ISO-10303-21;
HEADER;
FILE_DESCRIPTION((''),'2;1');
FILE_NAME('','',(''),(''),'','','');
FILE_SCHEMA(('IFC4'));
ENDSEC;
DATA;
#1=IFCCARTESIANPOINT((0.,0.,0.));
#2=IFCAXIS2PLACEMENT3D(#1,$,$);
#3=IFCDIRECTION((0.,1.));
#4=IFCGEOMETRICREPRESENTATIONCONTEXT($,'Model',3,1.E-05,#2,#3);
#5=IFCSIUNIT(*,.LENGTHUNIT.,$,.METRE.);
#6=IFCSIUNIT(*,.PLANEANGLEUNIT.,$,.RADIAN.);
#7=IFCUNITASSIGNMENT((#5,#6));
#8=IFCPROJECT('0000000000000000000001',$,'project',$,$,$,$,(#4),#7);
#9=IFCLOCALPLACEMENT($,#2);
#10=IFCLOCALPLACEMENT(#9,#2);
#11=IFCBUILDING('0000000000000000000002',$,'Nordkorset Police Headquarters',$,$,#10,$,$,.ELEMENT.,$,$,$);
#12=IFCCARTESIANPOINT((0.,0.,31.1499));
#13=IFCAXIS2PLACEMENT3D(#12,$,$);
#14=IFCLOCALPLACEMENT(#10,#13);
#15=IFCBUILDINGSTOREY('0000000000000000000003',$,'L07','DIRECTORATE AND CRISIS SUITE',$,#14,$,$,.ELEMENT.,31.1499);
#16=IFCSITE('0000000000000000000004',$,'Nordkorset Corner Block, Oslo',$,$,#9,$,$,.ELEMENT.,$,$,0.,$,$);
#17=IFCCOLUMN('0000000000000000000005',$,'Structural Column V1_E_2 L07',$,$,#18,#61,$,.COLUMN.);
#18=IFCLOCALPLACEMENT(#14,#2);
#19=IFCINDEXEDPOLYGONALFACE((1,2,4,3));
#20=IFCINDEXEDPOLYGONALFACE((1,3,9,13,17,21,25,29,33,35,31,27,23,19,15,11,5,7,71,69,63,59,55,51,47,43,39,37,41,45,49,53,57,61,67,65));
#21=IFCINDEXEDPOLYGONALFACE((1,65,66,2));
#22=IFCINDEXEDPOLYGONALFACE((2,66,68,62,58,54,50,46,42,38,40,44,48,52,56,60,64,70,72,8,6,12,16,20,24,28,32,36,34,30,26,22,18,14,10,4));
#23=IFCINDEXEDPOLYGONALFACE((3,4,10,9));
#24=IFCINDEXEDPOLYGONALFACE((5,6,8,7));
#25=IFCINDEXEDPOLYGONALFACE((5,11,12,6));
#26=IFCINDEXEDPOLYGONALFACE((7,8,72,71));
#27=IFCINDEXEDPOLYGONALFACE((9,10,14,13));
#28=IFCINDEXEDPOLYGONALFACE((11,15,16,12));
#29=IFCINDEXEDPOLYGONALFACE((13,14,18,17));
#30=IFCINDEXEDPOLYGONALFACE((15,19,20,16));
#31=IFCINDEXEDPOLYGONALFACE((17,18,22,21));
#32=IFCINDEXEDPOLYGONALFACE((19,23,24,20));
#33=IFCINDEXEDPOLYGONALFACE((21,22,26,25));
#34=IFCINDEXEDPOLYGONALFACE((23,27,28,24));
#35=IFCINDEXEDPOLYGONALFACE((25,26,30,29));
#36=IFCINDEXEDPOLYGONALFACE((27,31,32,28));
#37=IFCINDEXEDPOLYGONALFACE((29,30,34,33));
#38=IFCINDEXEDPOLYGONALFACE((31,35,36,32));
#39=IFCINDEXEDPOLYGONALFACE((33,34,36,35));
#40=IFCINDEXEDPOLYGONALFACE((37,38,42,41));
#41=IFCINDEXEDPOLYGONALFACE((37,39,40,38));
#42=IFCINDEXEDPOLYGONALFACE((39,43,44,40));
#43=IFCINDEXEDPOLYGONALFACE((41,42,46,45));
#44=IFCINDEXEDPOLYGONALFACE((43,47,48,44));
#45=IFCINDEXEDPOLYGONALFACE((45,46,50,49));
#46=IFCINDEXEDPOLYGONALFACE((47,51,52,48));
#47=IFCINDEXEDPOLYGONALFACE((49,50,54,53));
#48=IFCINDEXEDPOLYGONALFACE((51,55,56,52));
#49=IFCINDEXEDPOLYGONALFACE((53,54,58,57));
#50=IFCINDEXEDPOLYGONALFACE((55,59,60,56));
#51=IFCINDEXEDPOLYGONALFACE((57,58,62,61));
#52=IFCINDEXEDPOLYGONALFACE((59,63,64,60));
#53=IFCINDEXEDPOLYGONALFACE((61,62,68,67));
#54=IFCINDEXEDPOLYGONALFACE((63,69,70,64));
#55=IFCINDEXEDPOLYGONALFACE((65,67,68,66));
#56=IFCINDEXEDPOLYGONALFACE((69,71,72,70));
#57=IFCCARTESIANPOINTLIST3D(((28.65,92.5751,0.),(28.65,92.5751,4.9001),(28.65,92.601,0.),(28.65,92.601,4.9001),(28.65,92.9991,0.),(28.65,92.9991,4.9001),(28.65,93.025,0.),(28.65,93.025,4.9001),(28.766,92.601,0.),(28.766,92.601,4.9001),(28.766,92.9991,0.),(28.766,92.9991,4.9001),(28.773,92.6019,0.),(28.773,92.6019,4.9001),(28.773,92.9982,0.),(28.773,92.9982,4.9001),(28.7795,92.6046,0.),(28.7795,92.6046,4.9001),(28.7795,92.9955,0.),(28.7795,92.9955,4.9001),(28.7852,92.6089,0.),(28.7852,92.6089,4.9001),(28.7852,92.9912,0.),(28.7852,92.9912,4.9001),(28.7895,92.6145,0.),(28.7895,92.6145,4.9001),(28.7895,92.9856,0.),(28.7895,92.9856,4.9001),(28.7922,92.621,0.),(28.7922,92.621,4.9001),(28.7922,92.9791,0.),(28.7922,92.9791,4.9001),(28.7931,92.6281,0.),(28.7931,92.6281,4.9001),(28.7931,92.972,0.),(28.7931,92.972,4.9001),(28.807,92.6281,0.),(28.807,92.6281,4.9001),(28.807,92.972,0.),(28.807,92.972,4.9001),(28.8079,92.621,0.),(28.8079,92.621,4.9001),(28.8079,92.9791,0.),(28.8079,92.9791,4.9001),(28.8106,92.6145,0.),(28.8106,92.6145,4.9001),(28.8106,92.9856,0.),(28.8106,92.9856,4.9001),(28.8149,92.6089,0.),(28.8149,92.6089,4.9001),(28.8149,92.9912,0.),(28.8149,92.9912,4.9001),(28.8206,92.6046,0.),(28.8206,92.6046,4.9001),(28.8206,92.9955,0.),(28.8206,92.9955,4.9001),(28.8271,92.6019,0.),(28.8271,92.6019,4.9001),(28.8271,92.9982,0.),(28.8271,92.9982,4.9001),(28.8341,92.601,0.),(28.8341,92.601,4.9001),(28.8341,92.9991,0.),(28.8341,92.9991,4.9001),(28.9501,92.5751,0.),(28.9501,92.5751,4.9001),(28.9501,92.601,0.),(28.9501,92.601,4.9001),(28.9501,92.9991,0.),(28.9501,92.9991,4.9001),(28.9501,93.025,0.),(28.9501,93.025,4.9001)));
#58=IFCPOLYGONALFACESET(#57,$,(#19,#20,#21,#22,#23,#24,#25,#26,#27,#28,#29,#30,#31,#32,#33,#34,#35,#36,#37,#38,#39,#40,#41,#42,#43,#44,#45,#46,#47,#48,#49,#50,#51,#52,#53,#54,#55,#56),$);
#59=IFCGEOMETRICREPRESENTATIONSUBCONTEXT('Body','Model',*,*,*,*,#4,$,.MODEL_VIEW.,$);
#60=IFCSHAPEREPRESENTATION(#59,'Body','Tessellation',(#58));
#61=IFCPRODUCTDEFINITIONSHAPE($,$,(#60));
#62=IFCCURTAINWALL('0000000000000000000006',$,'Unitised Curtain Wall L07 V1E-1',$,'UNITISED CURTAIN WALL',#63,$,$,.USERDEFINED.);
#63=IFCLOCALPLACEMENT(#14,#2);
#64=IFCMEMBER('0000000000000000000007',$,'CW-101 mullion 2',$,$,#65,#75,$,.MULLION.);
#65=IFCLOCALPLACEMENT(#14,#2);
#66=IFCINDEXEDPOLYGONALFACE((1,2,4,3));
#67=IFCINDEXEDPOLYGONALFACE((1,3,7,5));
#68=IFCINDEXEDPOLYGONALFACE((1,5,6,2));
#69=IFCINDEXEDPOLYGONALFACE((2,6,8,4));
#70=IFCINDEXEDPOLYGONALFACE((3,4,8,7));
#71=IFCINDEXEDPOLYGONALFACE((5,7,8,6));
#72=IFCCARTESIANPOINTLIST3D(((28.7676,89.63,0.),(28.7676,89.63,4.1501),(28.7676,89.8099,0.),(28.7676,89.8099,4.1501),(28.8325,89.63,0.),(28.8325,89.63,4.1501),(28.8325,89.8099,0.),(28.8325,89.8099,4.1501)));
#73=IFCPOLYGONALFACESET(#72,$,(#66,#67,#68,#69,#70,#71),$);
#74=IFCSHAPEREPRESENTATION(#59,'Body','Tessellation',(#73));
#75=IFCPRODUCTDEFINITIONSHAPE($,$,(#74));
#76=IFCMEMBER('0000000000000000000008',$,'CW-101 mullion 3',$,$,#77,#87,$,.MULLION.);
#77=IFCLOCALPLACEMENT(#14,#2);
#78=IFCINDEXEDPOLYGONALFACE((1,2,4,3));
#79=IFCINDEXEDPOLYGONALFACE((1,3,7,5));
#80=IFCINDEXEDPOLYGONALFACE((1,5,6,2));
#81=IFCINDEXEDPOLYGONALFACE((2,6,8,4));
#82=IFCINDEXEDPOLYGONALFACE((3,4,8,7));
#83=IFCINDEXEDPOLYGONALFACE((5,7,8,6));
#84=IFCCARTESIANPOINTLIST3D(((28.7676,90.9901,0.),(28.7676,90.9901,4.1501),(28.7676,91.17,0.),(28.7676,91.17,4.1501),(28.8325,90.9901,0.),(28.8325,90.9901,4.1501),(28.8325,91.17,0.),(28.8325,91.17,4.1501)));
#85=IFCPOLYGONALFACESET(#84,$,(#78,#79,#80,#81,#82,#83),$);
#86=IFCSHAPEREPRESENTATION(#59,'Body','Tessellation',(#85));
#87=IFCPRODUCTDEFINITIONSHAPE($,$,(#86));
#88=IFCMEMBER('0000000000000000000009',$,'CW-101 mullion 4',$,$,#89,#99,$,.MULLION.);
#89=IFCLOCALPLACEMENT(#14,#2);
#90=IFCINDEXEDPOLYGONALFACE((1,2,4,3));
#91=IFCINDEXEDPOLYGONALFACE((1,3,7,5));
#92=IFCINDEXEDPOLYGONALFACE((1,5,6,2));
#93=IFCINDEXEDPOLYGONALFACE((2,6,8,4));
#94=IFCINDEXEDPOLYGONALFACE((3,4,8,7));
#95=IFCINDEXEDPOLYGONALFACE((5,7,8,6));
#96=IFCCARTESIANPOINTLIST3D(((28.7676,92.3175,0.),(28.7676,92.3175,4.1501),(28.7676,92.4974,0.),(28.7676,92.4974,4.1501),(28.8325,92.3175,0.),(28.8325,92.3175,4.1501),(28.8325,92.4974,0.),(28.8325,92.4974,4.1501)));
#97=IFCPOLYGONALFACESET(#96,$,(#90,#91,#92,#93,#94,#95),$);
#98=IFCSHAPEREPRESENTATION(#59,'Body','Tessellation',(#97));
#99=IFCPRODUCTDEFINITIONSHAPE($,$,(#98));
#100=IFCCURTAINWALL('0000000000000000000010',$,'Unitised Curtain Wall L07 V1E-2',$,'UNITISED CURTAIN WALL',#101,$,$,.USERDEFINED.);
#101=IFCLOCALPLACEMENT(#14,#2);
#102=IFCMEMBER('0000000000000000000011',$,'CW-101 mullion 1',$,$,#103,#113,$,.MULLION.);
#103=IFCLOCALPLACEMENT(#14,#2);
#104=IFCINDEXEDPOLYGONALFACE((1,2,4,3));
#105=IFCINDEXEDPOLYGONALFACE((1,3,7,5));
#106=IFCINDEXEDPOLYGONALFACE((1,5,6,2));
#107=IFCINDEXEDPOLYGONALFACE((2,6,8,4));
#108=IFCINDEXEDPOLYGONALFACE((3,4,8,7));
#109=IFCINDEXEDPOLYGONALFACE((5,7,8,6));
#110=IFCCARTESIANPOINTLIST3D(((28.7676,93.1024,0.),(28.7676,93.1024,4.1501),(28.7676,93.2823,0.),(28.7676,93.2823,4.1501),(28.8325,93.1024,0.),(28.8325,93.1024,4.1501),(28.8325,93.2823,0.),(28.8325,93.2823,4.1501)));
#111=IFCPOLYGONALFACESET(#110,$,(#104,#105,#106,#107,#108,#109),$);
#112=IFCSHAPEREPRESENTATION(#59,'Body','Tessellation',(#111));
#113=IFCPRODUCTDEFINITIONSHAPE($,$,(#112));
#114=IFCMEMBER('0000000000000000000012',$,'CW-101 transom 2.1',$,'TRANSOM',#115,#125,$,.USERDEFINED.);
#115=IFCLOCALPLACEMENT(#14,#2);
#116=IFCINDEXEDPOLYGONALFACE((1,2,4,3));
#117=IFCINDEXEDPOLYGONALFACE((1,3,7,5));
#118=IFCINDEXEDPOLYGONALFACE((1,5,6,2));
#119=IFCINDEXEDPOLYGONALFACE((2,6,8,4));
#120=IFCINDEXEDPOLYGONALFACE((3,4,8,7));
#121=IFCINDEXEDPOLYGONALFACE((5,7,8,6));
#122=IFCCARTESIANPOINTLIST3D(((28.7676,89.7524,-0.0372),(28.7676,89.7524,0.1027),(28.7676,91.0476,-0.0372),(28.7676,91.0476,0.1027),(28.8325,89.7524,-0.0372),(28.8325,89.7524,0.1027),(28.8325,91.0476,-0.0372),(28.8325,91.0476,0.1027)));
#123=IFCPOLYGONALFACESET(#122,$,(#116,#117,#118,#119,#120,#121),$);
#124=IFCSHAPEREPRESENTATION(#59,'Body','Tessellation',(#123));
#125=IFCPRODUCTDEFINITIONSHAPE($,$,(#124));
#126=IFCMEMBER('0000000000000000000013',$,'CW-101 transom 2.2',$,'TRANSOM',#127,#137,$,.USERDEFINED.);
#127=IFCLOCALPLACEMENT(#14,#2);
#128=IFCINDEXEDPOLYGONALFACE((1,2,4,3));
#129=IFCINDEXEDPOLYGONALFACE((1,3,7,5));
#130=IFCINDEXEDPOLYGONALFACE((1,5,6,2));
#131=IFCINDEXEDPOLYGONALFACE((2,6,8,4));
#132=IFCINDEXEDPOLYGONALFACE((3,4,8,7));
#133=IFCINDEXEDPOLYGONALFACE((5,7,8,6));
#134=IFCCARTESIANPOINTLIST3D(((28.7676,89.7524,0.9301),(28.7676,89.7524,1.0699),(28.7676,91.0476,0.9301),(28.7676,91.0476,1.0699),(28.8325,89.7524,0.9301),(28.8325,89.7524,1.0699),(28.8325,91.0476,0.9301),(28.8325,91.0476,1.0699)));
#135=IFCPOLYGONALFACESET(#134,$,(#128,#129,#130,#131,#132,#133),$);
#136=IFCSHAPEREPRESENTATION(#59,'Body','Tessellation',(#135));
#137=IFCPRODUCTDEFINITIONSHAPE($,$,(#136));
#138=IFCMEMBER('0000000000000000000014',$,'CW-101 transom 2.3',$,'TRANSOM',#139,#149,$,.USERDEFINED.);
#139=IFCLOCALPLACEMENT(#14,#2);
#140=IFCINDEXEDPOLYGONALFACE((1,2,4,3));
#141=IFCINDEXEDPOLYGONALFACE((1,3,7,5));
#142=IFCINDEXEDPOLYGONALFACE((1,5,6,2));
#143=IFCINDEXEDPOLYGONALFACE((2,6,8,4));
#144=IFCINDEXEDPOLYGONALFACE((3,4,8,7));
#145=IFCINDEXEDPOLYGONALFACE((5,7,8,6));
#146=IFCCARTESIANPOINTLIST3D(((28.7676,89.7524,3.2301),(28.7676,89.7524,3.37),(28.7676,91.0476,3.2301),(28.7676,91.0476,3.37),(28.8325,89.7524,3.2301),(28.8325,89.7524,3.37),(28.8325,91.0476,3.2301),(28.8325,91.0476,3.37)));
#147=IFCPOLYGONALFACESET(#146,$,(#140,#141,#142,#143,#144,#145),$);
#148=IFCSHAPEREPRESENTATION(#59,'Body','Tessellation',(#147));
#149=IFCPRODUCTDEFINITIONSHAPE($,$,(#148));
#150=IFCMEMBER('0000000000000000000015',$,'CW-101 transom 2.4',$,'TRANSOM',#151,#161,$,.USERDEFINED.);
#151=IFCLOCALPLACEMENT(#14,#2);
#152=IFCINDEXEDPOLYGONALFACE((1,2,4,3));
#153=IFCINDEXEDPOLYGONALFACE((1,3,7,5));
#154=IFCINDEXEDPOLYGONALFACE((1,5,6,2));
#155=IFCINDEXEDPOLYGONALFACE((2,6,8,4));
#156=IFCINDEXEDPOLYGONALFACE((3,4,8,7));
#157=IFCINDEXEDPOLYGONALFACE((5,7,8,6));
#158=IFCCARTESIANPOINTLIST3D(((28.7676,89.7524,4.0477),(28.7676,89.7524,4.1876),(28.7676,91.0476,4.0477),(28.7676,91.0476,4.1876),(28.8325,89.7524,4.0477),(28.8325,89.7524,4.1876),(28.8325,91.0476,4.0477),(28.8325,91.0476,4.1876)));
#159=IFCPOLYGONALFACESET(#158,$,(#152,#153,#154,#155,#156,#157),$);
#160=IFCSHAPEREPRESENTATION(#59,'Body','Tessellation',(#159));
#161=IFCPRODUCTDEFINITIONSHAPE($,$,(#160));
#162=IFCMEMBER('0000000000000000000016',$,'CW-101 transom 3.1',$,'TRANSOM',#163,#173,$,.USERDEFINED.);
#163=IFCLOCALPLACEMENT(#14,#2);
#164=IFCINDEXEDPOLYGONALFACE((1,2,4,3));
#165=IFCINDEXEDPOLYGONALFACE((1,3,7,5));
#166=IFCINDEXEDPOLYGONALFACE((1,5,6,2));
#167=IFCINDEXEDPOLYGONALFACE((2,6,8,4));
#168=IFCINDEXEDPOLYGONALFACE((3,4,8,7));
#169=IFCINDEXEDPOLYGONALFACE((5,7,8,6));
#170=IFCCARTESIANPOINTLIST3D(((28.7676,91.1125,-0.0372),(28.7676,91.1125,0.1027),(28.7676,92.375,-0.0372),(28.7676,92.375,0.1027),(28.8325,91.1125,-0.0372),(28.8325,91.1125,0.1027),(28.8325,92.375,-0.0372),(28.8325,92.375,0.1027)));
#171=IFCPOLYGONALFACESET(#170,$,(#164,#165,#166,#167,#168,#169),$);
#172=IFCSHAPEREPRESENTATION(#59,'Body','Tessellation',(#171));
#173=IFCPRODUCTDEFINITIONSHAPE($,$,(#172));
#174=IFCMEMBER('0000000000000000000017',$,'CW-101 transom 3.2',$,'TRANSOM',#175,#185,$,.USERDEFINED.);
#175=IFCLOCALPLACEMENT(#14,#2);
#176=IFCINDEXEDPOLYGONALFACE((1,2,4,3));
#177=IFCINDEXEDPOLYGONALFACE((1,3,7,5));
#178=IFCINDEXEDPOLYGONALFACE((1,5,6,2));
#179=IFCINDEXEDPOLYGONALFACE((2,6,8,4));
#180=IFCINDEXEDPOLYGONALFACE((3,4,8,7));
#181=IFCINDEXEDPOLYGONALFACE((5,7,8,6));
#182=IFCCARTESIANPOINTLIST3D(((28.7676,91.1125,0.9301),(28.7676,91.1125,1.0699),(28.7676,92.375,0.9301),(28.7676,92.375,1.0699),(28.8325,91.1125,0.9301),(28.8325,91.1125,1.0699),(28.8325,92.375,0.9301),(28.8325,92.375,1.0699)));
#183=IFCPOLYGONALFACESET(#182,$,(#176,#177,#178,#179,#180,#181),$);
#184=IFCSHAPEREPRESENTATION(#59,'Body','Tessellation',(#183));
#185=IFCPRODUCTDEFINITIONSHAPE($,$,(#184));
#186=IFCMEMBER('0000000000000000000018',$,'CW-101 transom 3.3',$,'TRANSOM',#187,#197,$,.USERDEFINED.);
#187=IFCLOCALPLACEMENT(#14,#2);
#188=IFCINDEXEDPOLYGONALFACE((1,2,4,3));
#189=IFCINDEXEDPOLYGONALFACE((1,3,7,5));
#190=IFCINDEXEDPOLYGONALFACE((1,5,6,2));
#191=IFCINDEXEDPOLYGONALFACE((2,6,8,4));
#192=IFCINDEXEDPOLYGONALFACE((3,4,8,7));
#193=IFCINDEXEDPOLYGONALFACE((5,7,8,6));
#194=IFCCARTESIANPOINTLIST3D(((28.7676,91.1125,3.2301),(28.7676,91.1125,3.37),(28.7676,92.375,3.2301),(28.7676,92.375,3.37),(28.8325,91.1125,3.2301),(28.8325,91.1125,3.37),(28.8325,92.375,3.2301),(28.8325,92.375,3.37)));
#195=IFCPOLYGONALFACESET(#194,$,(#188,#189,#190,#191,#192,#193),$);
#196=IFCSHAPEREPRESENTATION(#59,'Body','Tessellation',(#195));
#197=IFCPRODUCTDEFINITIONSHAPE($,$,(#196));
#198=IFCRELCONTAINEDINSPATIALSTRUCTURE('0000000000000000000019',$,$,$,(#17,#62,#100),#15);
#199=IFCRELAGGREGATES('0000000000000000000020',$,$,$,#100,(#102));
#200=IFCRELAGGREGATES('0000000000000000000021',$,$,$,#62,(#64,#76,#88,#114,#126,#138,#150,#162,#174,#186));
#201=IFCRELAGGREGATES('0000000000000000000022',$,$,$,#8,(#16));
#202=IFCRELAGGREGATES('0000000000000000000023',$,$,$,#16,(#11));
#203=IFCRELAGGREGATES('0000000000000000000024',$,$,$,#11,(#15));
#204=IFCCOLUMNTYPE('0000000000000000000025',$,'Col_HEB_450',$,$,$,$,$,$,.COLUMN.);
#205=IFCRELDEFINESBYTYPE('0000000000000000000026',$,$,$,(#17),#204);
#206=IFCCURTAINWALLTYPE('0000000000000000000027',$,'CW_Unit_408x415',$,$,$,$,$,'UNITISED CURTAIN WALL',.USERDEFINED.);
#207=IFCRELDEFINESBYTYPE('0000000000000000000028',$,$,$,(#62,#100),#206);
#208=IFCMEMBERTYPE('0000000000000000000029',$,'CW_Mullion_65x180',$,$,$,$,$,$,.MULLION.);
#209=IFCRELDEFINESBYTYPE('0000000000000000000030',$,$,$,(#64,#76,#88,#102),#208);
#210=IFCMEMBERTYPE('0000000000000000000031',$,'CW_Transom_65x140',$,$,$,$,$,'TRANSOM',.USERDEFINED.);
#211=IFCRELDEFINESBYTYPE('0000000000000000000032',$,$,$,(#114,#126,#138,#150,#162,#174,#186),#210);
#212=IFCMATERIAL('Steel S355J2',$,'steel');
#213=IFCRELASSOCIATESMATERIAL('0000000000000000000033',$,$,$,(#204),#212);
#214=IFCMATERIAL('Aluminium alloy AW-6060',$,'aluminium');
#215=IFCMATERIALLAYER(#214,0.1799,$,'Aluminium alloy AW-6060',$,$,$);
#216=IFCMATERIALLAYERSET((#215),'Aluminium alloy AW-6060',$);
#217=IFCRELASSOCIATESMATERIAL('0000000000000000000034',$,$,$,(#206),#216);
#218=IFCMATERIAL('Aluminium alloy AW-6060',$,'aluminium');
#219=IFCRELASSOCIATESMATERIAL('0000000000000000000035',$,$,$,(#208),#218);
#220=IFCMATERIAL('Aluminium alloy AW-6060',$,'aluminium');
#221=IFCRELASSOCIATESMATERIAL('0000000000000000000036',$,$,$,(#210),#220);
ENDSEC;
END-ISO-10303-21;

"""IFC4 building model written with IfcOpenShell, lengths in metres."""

from ifc_helpers import new_model, si_unit, direction, frame, origin, origin_2d, place, context, subcontext, project, spatial, rectangle, i_section, extrude, material, layer, layer_set, material_profile, profile_set, type_object, element, aggregate, save


model = new_model("IFC4")

# Units and contexts
model_context = context("Model", 3, precision=1e-05, world=origin(), true_north=direction((0.0, 1.0)))
body_context = subcontext(model_context, "Body", "Model", "MODEL_VIEW")
ifc_project = project(units=[si_unit("LENGTHUNIT", "METRE"), si_unit("PLANEANGLEUNIT", "RADIAN")], contexts=[model_context])

# Site, building, storey
site_placement = place(None, origin())
site = spatial("IfcSite", under=ifc_project, at=site_placement, Name="Nordkorset Corner Block, Oslo", CompositionType="ELEMENT", RefElevation=0.0)
building_placement = place(site_placement, origin())
building = spatial("IfcBuilding", under=site, at=building_placement, Name="Nordkorset Police Headquarters", CompositionType="ELEMENT")
storey_placement = place(building_placement, frame((0.0, 0.0, 31.1499)))
storey = spatial("IfcBuildingStorey", under=building, at=storey_placement, Name="L07", Description="DIRECTORATE AND CRISIS SUITE", CompositionType="ELEMENT", Elevation=31.1499)

# Column
ifc_material_1 = material(Name="Steel S355J2", Category="steel")
ifc_material_profile_1 = material_profile(ifc_material_1, i_section(OverallWidth=0.3, OverallDepth=0.45, WebThickness=0.0139, FlangeThickness=0.0259, FilletRadius=0.0271, at=origin_2d()), Name="HEB 450")
ifc_profile_set_1 = profile_set([ifc_material_profile_1], Name="Steel S355J2")
column_type = type_object("IfcColumnType", Name="Col_HEB_450", PredefinedType="COLUMN", material=ifc_profile_set_1)
column_placement = place(storey_placement, frame((28.8, 92.8, 0.0), z_axis=(0.0, 0.0, 1.0), x_axis=(1.0, 0.0, 0.0)))
element("IfcColumn", 1, at=column_placement, inside=storey, type_object=column_type, Name="Structural Column V1_E_2 L07", PredefinedType="COLUMN", context=body_context, shape_type="SweptSolid", body=[
    extrude(i_section(OverallWidth=0.3, OverallDepth=0.45, WebThickness=0.0139, FlangeThickness=0.0259, FilletRadius=0.0271, at=origin_2d()), origin(), (0.0, 0.0, 1.0), 4.9001),
])

# Curtain wall, members
ifc_material_2 = material(Name="Aluminium alloy AW-6060", Category="aluminium")
ifc_layer_1 = layer(ifc_material_2, 0.1799, Name="Aluminium alloy AW-6060")
ifc_layer_set_1 = layer_set([ifc_layer_1], Name="Aluminium alloy AW-6060")
curtain_wall_type = type_object("IfcCurtainWallType", Name="CW_Unit_408x415", ElementType="UNITISED CURTAIN WALL", PredefinedType="USERDEFINED", material=ifc_layer_set_1)
curtain_wall_1_placement = place(storey_placement, origin())
curtain_wall_1 = element("IfcCurtainWall", 2, at=curtain_wall_1_placement, inside=storey, type_object=curtain_wall_type, Name="Unitised Curtain Wall L07 V1E-1", ObjectType="UNITISED CURTAIN WALL", PredefinedType="USERDEFINED")
ifc_material_3 = material(Name="Aluminium alloy AW-6060", Category="aluminium")
ifc_material_profile_2 = material_profile(ifc_material_3, rectangle(XDim=0.0649, YDim=0.1799, at=origin_2d()), Name="ALU MULL 65x180")
ifc_profile_set_2 = profile_set([ifc_material_profile_2], Name="Aluminium alloy AW-6060")
member_type_1 = type_object("IfcMemberType", Name="CW_Mullion_65x180", PredefinedType="MULLION", material=ifc_profile_set_2)
member_1_placement = place(storey_placement, frame((28.8, 89.72, 0.0), z_axis=(0.0, 0.0, 1.0), x_axis=(-1.0, 0.0, 0.0)))
member_1 = element("IfcMember", 3, at=member_1_placement, type_object=member_type_1, Name="CW-101 mullion 2", PredefinedType="MULLION", context=body_context, shape_type="SweptSolid", body=[
    extrude(rectangle(XDim=0.0649, YDim=0.1799, at=origin_2d()), origin(), (0.0, 0.0, 1.0), 4.1501),
])
member_2_placement = place(storey_placement, frame((28.8, 91.0801, 0.0), z_axis=(0.0, 0.0, 1.0), x_axis=(-1.0, 0.0, 0.0)))
member_2 = element("IfcMember", 4, at=member_2_placement, type_object=member_type_1, Name="CW-101 mullion 3", PredefinedType="MULLION", context=body_context, shape_type="SweptSolid", body=[
    extrude(rectangle(XDim=0.0649, YDim=0.1799, at=origin_2d()), origin(), (0.0, 0.0, 1.0), 4.1501),
])
member_3_placement = place(storey_placement, frame((28.8, 92.4075, 0.0), z_axis=(0.0, 0.0, 1.0), x_axis=(-1.0, 0.0, 0.0)))
member_3 = element("IfcMember", 5, at=member_3_placement, type_object=member_type_1, Name="CW-101 mullion 4", PredefinedType="MULLION", context=body_context, shape_type="SweptSolid", body=[
    extrude(rectangle(XDim=0.0649, YDim=0.1799, at=origin_2d()), origin(), (0.0, 0.0, 1.0), 4.1501),
])

# Curtain wall, member
curtain_wall_2_placement = place(storey_placement, origin())
curtain_wall_2 = element("IfcCurtainWall", 6, at=curtain_wall_2_placement, inside=storey, type_object=curtain_wall_type, Name="Unitised Curtain Wall L07 V1E-2", ObjectType="UNITISED CURTAIN WALL", PredefinedType="USERDEFINED")
member_4_placement = place(storey_placement, frame((28.8, 93.1924, 0.0), z_axis=(0.0, 0.0, 1.0), x_axis=(-1.0, 0.0, 0.0)))
member_4 = element("IfcMember", 7, at=member_4_placement, type_object=member_type_1, Name="CW-101 mullion 1", PredefinedType="MULLION", context=body_context, shape_type="SweptSolid", body=[
    extrude(rectangle(XDim=0.0649, YDim=0.1799, at=origin_2d()), origin(), (0.0, 0.0, 1.0), 4.1501),
])
aggregate(curtain_wall_2, [member_4])

# Members
ifc_material_4 = material(Name="Aluminium alloy AW-6060", Category="aluminium")
ifc_material_profile_3 = material_profile(ifc_material_4, rectangle(XDim=0.0649, YDim=0.1399, at=origin_2d()), Name="ALU TRAN 65x140")
ifc_profile_set_3 = profile_set([ifc_material_profile_3], Name="Aluminium alloy AW-6060")
member_type_2 = type_object("IfcMemberType", Name="CW_Transom_65x140", ElementType="TRANSOM", PredefinedType="USERDEFINED", material=ifc_profile_set_3)
member_5_placement = place(storey_placement, frame((28.8, 89.7524, 0.0327), z_axis=(0.0, 1.0, 0.0), x_axis=(-1.0, 0.0, 0.0)))
member_5 = element("IfcMember", 8, at=member_5_placement, type_object=member_type_2, Name="CW-101 transom 2.1", ObjectType="TRANSOM", PredefinedType="USERDEFINED", context=body_context, shape_type="SweptSolid", body=[
    extrude(rectangle(XDim=0.0649, YDim=0.1399, at=origin_2d()), origin(), (0.0, 0.0, 1.0), 1.2952),
])
member_6_placement = place(storey_placement, frame((28.8, 89.7524, 1.0), z_axis=(0.0, 1.0, 0.0), x_axis=(-1.0, 0.0, 0.0)))
member_6 = element("IfcMember", 9, at=member_6_placement, type_object=member_type_2, Name="CW-101 transom 2.2", ObjectType="TRANSOM", PredefinedType="USERDEFINED", context=body_context, shape_type="SweptSolid", body=[
    extrude(rectangle(XDim=0.0649, YDim=0.1399, at=origin_2d()), origin(), (0.0, 0.0, 1.0), 1.2952),
])
member_7_placement = place(storey_placement, frame((28.8, 89.7524, 3.3), z_axis=(0.0, 1.0, 0.0), x_axis=(-1.0, 0.0, 0.0)))
member_7 = element("IfcMember", 10, at=member_7_placement, type_object=member_type_2, Name="CW-101 transom 2.3", ObjectType="TRANSOM", PredefinedType="USERDEFINED", context=body_context, shape_type="SweptSolid", body=[
    extrude(rectangle(XDim=0.0649, YDim=0.1399, at=origin_2d()), origin(), (0.0, 0.0, 1.0), 1.2952),
])
member_8_placement = place(storey_placement, frame((28.8, 89.7524, 4.1177), z_axis=(0.0, 1.0, 0.0), x_axis=(-1.0, 0.0, 0.0)))
member_8 = element("IfcMember", 11, at=member_8_placement, type_object=member_type_2, Name="CW-101 transom 2.4", ObjectType="TRANSOM", PredefinedType="USERDEFINED", context=body_context, shape_type="SweptSolid", body=[
    extrude(rectangle(XDim=0.0649, YDim=0.1399, at=origin_2d()), origin(), (0.0, 0.0, 1.0), 1.2952),
])
member_9_placement = place(storey_placement, frame((28.8, 91.1125, 0.0327), z_axis=(0.0, 1.0, 0.0), x_axis=(-1.0, 0.0, 0.0)))
member_9 = element("IfcMember", 12, at=member_9_placement, type_object=member_type_2, Name="CW-101 transom 3.1", ObjectType="TRANSOM", PredefinedType="USERDEFINED", context=body_context, shape_type="SweptSolid", body=[
    extrude(rectangle(XDim=0.0649, YDim=0.1399, at=origin_2d()), origin(), (0.0, 0.0, 1.0), 1.2625),
])
member_10_placement = place(storey_placement, frame((28.8, 91.1125, 1.0), z_axis=(0.0, 1.0, 0.0), x_axis=(-1.0, 0.0, 0.0)))
member_10 = element("IfcMember", 13, at=member_10_placement, type_object=member_type_2, Name="CW-101 transom 3.2", ObjectType="TRANSOM", PredefinedType="USERDEFINED", context=body_context, shape_type="SweptSolid", body=[
    extrude(rectangle(XDim=0.0649, YDim=0.1399, at=origin_2d()), origin(), (0.0, 0.0, 1.0), 1.2625),
])
member_11_placement = place(storey_placement, frame((28.8, 91.1125, 3.3), z_axis=(0.0, 1.0, 0.0), x_axis=(-1.0, 0.0, 0.0)))
member_11 = element("IfcMember", 14, at=member_11_placement, type_object=member_type_2, Name="CW-101 transom 3.3", ObjectType="TRANSOM", PredefinedType="USERDEFINED", context=body_context, shape_type="SweptSolid", body=[
    extrude(rectangle(XDim=0.0649, YDim=0.1399, at=origin_2d()), origin(), (0.0, 0.0, 1.0), 1.2625),
])

aggregate(curtain_wall_1, [member_1, member_2, member_3, member_5, member_6, member_7, member_8, member_9, member_10, member_11])

save(model, "model.ifc")
